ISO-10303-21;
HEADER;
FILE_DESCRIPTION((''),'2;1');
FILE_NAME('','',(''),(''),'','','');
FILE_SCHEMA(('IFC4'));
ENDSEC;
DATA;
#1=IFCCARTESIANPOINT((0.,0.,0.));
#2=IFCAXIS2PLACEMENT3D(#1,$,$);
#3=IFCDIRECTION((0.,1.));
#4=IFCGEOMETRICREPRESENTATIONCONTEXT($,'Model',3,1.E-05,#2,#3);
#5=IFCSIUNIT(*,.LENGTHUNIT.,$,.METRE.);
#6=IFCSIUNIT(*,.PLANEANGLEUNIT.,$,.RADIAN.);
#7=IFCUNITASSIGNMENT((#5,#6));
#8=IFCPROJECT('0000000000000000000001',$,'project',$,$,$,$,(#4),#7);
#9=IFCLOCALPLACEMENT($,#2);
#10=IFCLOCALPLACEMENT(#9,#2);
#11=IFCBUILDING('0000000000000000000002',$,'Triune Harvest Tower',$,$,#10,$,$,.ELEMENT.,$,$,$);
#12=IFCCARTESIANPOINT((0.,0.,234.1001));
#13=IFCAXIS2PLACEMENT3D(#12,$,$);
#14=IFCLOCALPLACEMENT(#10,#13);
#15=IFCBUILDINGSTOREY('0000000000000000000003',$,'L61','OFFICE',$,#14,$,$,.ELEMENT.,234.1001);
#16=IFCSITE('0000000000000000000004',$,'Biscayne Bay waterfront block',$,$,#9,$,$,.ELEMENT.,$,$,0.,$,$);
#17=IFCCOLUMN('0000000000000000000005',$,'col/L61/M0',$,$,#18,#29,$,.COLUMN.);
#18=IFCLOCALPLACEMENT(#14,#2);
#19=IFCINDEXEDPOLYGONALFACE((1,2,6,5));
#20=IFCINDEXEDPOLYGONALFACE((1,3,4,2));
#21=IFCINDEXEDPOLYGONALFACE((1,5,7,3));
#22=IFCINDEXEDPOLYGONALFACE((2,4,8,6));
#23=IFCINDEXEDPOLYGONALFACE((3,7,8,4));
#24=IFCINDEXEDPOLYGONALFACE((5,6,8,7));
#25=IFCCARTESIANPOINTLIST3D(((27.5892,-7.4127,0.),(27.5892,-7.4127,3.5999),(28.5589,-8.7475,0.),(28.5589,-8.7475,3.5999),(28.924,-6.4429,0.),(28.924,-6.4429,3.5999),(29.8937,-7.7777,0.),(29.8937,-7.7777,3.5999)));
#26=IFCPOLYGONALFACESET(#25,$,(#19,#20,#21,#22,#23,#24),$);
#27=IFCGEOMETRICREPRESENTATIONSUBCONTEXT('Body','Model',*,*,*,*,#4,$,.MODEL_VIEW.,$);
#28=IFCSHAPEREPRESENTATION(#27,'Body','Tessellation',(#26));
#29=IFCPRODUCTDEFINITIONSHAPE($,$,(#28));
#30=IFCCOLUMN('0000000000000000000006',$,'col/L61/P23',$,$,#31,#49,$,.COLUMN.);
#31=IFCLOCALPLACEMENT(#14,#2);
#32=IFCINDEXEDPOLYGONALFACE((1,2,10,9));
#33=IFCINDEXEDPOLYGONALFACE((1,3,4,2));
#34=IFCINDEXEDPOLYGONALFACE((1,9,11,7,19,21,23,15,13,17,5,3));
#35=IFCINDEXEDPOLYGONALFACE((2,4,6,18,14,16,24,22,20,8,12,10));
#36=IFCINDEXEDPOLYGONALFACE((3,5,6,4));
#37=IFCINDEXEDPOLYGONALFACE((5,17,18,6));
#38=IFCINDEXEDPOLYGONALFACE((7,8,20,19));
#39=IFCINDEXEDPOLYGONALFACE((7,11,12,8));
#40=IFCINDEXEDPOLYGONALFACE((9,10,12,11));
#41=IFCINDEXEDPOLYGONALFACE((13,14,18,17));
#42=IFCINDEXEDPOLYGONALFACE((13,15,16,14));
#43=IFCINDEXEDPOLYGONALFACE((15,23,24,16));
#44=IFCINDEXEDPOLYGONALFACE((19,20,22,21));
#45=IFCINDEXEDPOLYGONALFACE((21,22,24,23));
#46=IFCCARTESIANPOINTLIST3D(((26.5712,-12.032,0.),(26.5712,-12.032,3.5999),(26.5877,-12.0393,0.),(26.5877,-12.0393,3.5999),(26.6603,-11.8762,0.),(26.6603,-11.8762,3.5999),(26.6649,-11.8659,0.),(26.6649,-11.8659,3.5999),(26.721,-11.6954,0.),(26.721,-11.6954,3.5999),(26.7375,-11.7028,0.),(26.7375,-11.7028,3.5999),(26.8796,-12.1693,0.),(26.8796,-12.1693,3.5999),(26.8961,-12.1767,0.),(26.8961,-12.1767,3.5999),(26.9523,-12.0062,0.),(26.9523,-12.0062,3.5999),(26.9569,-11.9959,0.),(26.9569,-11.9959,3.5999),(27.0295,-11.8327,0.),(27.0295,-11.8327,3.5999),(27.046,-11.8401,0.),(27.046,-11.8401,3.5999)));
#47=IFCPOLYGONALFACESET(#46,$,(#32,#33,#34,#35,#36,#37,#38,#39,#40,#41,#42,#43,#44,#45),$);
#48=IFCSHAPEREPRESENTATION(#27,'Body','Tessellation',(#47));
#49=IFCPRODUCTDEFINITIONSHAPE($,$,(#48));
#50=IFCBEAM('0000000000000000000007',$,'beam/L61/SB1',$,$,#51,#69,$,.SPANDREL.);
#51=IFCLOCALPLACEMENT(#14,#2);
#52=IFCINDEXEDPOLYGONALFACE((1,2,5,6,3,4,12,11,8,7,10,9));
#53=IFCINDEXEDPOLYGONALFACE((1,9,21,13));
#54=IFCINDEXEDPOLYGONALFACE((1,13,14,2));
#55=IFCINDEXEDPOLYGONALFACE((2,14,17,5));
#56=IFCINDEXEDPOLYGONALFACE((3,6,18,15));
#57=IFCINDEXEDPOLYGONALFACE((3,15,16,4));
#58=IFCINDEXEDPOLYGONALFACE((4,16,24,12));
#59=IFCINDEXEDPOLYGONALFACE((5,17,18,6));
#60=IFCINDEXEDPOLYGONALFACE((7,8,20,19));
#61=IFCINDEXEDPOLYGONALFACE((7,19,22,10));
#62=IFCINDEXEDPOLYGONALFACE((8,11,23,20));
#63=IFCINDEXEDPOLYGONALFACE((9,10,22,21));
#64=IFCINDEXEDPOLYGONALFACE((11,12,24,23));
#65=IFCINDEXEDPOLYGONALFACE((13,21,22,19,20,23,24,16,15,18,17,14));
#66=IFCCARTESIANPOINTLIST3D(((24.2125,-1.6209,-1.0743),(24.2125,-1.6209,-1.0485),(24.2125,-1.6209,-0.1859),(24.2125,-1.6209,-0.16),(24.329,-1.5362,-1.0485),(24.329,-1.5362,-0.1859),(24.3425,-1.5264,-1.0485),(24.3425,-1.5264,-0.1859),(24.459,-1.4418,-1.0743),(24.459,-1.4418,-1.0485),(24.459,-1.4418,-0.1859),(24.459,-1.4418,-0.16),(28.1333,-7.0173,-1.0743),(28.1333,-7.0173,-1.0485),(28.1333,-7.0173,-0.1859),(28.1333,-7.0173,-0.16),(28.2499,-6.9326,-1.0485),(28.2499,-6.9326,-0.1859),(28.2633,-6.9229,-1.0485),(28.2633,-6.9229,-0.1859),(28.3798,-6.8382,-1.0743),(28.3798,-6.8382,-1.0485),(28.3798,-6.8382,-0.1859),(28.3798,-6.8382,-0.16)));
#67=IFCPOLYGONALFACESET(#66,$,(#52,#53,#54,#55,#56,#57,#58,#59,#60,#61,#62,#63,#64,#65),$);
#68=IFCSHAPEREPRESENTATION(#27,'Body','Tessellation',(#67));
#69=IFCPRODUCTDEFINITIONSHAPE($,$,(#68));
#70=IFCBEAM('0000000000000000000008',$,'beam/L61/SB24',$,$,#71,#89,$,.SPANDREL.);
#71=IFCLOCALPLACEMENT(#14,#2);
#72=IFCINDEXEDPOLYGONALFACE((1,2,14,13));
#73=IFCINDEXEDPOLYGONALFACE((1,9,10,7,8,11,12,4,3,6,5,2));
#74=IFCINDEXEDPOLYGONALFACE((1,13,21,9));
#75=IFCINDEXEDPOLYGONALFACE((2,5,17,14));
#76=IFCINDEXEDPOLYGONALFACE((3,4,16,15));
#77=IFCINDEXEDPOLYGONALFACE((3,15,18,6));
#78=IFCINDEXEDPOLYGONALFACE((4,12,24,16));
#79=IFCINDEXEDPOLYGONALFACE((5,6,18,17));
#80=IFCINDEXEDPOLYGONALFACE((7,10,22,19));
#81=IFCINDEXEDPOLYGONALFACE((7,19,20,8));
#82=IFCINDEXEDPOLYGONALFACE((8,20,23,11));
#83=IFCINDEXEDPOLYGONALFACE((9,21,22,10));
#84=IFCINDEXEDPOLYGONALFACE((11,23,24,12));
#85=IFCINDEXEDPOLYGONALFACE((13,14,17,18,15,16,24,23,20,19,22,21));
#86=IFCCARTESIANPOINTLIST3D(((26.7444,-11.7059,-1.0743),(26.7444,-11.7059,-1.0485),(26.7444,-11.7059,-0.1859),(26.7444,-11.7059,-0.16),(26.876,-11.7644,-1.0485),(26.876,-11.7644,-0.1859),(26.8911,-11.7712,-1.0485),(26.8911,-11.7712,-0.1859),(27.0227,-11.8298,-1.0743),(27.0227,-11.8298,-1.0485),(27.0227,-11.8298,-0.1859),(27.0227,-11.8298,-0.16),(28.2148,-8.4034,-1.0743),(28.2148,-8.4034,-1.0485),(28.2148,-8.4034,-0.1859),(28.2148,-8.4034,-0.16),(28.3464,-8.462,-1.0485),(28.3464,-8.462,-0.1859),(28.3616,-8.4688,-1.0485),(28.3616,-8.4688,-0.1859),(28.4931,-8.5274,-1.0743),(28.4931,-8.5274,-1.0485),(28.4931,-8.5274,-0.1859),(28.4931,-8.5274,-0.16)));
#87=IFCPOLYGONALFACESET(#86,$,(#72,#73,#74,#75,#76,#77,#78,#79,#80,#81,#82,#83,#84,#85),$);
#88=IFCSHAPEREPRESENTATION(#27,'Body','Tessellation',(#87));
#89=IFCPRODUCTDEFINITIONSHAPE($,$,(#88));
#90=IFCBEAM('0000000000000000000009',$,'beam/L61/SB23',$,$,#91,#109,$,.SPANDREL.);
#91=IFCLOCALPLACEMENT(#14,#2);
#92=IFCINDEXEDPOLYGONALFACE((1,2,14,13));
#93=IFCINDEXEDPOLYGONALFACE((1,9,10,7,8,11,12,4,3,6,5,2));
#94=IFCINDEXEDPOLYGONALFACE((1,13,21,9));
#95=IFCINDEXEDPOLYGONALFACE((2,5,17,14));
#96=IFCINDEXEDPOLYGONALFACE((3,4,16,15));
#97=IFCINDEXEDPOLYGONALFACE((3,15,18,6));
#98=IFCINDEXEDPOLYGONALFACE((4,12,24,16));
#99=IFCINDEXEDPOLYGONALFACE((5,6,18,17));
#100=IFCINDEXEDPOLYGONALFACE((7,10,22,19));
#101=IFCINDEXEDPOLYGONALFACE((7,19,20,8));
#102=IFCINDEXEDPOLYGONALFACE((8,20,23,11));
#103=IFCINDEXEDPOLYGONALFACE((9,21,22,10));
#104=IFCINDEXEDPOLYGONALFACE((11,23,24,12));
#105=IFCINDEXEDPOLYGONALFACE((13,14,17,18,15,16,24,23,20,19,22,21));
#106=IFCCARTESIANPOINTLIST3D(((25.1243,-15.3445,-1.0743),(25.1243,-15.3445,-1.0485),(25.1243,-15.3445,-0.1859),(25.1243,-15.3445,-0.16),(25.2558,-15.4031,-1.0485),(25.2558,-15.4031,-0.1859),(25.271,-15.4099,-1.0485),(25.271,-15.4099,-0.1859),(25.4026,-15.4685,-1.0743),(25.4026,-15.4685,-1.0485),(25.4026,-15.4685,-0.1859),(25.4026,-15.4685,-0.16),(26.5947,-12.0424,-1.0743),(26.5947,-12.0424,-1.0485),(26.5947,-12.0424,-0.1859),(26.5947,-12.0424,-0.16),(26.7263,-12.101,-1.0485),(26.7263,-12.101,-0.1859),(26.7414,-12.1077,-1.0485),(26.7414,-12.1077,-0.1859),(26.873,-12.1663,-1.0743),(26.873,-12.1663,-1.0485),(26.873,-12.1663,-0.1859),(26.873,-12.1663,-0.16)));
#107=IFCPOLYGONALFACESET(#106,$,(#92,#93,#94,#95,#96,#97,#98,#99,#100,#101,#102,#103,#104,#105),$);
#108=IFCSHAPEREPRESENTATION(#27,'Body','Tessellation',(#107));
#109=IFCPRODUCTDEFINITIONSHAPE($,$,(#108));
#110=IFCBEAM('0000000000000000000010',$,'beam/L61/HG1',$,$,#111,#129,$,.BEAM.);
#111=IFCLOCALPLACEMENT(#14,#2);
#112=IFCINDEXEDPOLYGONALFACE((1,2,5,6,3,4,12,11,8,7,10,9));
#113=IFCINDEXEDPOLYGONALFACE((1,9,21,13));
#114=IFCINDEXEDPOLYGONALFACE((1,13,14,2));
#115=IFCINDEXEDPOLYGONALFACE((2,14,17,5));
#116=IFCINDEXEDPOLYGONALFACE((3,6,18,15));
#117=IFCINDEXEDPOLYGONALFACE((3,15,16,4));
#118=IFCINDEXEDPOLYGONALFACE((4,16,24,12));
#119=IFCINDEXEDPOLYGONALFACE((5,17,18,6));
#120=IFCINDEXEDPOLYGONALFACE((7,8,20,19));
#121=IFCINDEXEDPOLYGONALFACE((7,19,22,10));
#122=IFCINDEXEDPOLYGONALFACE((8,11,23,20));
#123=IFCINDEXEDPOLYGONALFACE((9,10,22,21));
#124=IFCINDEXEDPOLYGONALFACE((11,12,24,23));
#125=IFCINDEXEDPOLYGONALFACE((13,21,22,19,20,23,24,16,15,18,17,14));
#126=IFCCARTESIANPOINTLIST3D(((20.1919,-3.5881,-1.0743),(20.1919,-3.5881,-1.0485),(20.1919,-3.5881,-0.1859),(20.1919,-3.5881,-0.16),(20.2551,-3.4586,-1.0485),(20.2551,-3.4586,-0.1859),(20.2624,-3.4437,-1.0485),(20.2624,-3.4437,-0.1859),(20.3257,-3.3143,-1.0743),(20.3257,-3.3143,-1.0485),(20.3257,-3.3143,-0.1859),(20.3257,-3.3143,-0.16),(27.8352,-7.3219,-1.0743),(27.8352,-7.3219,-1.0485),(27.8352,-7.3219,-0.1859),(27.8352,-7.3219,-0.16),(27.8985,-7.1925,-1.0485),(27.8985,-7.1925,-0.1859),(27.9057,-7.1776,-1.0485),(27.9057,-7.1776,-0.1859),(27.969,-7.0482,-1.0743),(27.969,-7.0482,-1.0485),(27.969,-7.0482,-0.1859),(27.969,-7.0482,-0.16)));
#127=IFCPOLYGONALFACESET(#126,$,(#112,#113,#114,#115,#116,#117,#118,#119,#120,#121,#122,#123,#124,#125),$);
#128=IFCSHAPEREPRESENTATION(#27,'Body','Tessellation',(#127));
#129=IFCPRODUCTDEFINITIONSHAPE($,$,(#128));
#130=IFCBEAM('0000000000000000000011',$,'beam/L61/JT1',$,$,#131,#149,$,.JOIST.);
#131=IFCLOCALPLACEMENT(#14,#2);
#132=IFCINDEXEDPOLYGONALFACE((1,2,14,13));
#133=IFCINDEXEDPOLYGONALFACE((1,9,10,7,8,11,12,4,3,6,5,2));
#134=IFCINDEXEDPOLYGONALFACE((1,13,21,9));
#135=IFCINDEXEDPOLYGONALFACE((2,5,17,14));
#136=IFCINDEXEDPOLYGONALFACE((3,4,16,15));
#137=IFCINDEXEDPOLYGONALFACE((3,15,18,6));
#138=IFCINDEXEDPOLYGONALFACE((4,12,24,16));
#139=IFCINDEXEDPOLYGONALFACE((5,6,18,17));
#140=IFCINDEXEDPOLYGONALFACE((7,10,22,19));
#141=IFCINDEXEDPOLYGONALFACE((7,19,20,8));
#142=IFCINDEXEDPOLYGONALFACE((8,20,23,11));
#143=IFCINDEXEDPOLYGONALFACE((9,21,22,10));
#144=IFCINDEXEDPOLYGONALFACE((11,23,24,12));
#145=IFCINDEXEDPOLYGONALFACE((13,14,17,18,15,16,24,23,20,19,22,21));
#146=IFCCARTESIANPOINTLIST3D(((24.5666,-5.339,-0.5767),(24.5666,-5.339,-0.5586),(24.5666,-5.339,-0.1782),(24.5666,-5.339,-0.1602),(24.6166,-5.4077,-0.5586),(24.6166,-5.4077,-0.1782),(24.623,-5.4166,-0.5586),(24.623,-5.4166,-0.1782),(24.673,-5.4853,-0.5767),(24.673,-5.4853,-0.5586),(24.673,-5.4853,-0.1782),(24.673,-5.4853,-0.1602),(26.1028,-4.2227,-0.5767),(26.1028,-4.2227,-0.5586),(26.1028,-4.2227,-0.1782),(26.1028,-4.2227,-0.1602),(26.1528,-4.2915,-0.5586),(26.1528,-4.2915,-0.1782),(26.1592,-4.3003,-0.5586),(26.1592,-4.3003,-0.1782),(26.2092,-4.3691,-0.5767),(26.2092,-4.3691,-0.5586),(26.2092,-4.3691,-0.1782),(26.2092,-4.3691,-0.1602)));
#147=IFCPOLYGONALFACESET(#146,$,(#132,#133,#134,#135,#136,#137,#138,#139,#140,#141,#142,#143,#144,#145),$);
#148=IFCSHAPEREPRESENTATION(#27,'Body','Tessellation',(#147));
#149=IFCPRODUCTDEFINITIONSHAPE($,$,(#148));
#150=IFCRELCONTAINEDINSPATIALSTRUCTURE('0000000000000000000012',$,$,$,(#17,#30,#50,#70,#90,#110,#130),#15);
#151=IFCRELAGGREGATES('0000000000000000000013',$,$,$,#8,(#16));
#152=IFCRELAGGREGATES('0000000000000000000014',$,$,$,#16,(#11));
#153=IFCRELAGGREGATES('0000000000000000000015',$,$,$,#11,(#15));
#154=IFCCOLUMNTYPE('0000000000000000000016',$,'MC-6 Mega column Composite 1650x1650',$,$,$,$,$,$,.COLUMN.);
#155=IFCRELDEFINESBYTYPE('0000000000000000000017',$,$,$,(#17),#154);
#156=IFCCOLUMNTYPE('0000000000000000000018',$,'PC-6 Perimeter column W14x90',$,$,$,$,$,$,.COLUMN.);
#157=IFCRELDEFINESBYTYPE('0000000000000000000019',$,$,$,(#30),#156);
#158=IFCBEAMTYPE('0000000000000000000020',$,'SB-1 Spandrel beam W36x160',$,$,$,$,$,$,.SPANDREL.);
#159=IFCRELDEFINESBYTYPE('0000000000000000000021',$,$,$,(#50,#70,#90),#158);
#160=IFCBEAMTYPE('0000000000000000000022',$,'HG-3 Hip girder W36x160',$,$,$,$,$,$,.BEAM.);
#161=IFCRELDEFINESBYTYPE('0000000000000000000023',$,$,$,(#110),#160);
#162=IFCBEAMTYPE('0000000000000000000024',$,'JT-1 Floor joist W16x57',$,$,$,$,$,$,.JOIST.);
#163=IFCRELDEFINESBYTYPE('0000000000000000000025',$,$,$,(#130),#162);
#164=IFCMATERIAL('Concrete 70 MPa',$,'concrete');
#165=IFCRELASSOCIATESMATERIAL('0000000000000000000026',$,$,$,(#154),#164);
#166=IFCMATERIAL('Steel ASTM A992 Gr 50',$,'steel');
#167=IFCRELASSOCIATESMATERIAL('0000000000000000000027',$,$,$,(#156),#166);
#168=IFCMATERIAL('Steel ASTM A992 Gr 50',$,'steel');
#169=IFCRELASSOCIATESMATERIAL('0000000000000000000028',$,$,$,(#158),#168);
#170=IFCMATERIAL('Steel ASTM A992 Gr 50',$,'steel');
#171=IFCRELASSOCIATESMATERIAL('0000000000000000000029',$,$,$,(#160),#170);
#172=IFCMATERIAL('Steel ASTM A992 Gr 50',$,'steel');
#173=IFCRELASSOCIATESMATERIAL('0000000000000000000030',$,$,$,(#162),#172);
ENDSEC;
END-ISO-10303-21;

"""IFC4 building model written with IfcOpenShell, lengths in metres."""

from ifc_helpers import new_model, si_unit, direction, frame, origin, origin_2d, place, context, subcontext, project, spatial, rectangle, i_section, extrude, source, transform, mapped, material, material_profile, profile_set, type_object, element, save


model = new_model("IFC4")

# Units and contexts
model_context = context("Model", 3, precision=1e-05, world=origin(), true_north=direction((0.0, 1.0)))
body_context = subcontext(model_context, "Body", "Model", "MODEL_VIEW")
ifc_project = project(units=[si_unit("LENGTHUNIT", "METRE"), si_unit("PLANEANGLEUNIT", "RADIAN")], contexts=[model_context])

# Site, building, storey
site_placement = place(None, origin())
site = spatial("IfcSite", under=ifc_project, at=site_placement, Name="Biscayne Bay waterfront block", CompositionType="ELEMENT", RefElevation=0.0)
building_placement = place(site_placement, origin())
building = spatial("IfcBuilding", under=site, at=building_placement, Name="Triune Harvest Tower", CompositionType="ELEMENT")
storey_placement = place(building_placement, frame((0.0, 0.0, 234.1001)))
storey = spatial("IfcBuildingStorey", under=building, at=storey_placement, Name="L61", Description="OFFICE", CompositionType="ELEMENT", Elevation=234.1001)

# Columns
ifc_material_1 = material(Name="Concrete 70 MPa", Category="concrete")
ifc_material_profile_1 = material_profile(ifc_material_1, rectangle(XDim=1.6499, YDim=1.6499, at=origin_2d()), Name="Composite 1650x1650")
ifc_profile_set_1 = profile_set([ifc_material_profile_1], Name="Concrete 70 MPa")
column_type_1 = type_object("IfcColumnType", Name="MC-6 Mega column Composite 1650x1650", PredefinedType="COLUMN", material=ifc_profile_set_1)
shared_shape_1 = source(origin(), body_context, "Body", "SweptSolid", [
    extrude(rectangle(XDim=1.6499, YDim=1.6499, at=origin_2d()), origin(), (0.0, 0.0, 1.0), 3.5999),
])
column_1_placement = place(storey_placement, frame((28.7415, -7.5952, 0.0), z_axis=(0.0, 0.0, 1.0), x_axis=(-0.587785, 0.809017, 0.0)))
element("IfcColumn", 1, at=column_1_placement, inside=storey, type_object=column_type_1, Name="col/L61/M0", PredefinedType="COLUMN", context=body_context, shape_type="MappedRepresentation", body=[
    mapped(shared_shape_1, transform((0.0, 0.0, 0.0), scale=1.0)),
])
ifc_material_2 = material(Name="Steel ASTM A992 Gr 50", Category="steel")
ifc_material_profile_2 = material_profile(ifc_material_2, i_section(OverallWidth=0.3684, OverallDepth=0.3557, WebThickness=0.0112, FlangeThickness=0.0181, at=origin_2d()), Name="W14x90")
ifc_profile_set_2 = profile_set([ifc_material_profile_2], Name="Steel ASTM A992 Gr 50")
column_type_2 = type_object("IfcColumnType", Name="PC-6 Perimeter column W14x90", PredefinedType="COLUMN", material=ifc_profile_set_2)
shared_shape_2 = source(origin(), body_context, "Body", "SweptSolid", [
    extrude(i_section(OverallWidth=0.3684, OverallDepth=0.3557, WebThickness=0.0112, FlangeThickness=0.0181, at=origin_2d()), origin(), (0.0, 0.0, 1.0), 3.5999),
])
column_2_placement = place(storey_placement, frame((26.8086, -11.936, 0.0), z_axis=(0.0, 0.0, 1.0), x_axis=(0.406741, 0.913543, 0.0)))
element("IfcColumn", 2, at=column_2_placement, inside=storey, type_object=column_type_2, Name="col/L61/P23", PredefinedType="COLUMN", context=body_context, shape_type="MappedRepresentation", body=[
    mapped(shared_shape_2, transform((0.0, 0.0, 0.0), scale=1.0)),
])

# Beams
ifc_material_3 = material(Name="Steel ASTM A992 Gr 50", Category="steel")
ifc_material_profile_3 = material_profile(ifc_material_3, i_section(OverallWidth=0.3047, OverallDepth=0.9143, WebThickness=0.0166, FlangeThickness=0.0259, at=origin_2d()), Name="W36x160")
ifc_profile_set_3 = profile_set([ifc_material_profile_3], Name="Steel ASTM A992 Gr 50")
beam_type_1 = type_object("IfcBeamType", Name="SB-1 Spandrel beam W36x160", PredefinedType="SPANDREL", material=ifc_profile_set_3)
shared_shape_3 = source(origin(), body_context, "Body", "SweptSolid", [
    extrude(i_section(OverallWidth=0.3047, OverallDepth=0.9143, WebThickness=0.0166, FlangeThickness=0.0259, at=origin_2d()), origin(), (0.0, 0.0, 1.0), 6.6704),
])
beam_1_placement = place(storey_placement, frame((28.2566, -6.9277, -0.6172), z_axis=(-0.587797, 0.809008, 0.0), x_axis=(-0.809008, -0.587797, 0.0)))
element("IfcBeam", 3, at=beam_1_placement, inside=storey, type_object=beam_type_1, Name="beam/L61/SB1", PredefinedType="SPANDREL", context=body_context, shape_type="MappedRepresentation", body=[
    mapped(shared_shape_3, transform((0.0, 0.0, 0.0), scale=1.0)),
])
shared_shape_4 = source(origin(), body_context, "Body", "SweptSolid", [
    extrude(i_section(OverallWidth=0.3047, OverallDepth=0.9143, WebThickness=0.0166, FlangeThickness=0.0259, at=origin_2d()), origin(), (0.0, 0.0, 1.0), 3.615),
])
beam_2_placement = place(storey_placement, frame((26.8835, -11.7678, -0.6172), z_axis=(0.406759, 0.913536, 0.0), x_axis=(-0.913536, 0.406759, 0.0)))
element("IfcBeam", 4, at=beam_2_placement, inside=storey, type_object=beam_type_1, Name="beam/L61/SB24", PredefinedType="SPANDREL", context=body_context, shape_type="MappedRepresentation", body=[
    mapped(shared_shape_4, transform((0.0, 0.0, 0.0), scale=1.0)),
])
shared_shape_5 = source(origin(), body_context, "Body", "SweptSolid", [
    extrude(i_section(OverallWidth=0.3047, OverallDepth=0.9143, WebThickness=0.0166, FlangeThickness=0.0259, at=origin_2d()), origin(), (0.0, 0.0, 1.0), 3.6147),
])
beam_3_placement = place(storey_placement, frame((25.2634, -15.4065, -0.6172), z_axis=(0.406784, 0.913524, 0.0), x_axis=(-0.913524, 0.406784, 0.0)))
element("IfcBeam", 5, at=beam_3_placement, inside=storey, type_object=beam_type_1, Name="beam/L61/SB23", PredefinedType="SPANDREL", context=body_context, shape_type="MappedRepresentation", body=[
    mapped(shared_shape_5, transform((0.0, 0.0, 0.0), scale=1.0)),
])
ifc_material_4 = material(Name="Steel ASTM A992 Gr 50", Category="steel")
ifc_material_profile_4 = material_profile(ifc_material_4, i_section(OverallWidth=0.3047, OverallDepth=0.9143, WebThickness=0.0166, FlangeThickness=0.0259, at=origin_2d()), Name="W36x160")
ifc_profile_set_4 = profile_set([ifc_material_profile_4], Name="Steel ASTM A992 Gr 50")
beam_type_2 = type_object("IfcBeamType", Name="HG-3 Hip girder W36x160", PredefinedType="BEAM", material=ifc_profile_set_4)
shared_shape_6 = source(origin(), body_context, "Body", "SweptSolid", [
    extrude(i_section(OverallWidth=0.3047, OverallDepth=0.9143, WebThickness=0.0166, FlangeThickness=0.0259, at=origin_2d()), origin(), (0.0, 0.0, 1.0), 8.5066),
])
beam_4_placement = place(storey_placement, frame((27.9021, -7.1851, -0.6172), z_axis=(-0.898516, 0.43894, 0.0), x_axis=(-0.43894, -0.898516, 0.0)))
element("IfcBeam", 6, at=beam_4_placement, inside=storey, type_object=beam_type_2, Name="beam/L61/HG1", PredefinedType="BEAM", context=body_context, shape_type="MappedRepresentation", body=[
    mapped(shared_shape_6, transform((0.0, 0.0, 0.0), scale=1.0)),
])
ifc_material_5 = material(Name="Steel ASTM A992 Gr 50", Category="steel")
ifc_material_profile_5 = material_profile(ifc_material_5, i_section(OverallWidth=0.1809, OverallDepth=0.4165, WebThickness=0.011, FlangeThickness=0.0181, at=origin_2d()), Name="W16x57")
ifc_profile_set_5 = profile_set([ifc_material_profile_5], Name="Steel ASTM A992 Gr 50")
beam_type_3 = type_object("IfcBeamType", Name="JT-1 Floor joist W16x57", PredefinedType="JOIST", material=ifc_profile_set_5)
shared_shape_7 = source(origin(), body_context, "Body", "SweptSolid", [
    extrude(i_section(OverallWidth=0.1809, OverallDepth=0.4165, WebThickness=0.011, FlangeThickness=0.0181, at=origin_2d()), origin(), (0.0, 0.0, 1.0), 1.8989),
])
beam_5_placement = place(storey_placement, frame((26.156, -4.2959, -0.3684), z_axis=(-0.808981, -0.587835, 0.0), x_axis=(0.587835, -0.808981, 0.0)))
element("IfcBeam", 7, at=beam_5_placement, inside=storey, type_object=beam_type_3, Name="beam/L61/JT1", PredefinedType="JOIST", context=body_context, shape_type="MappedRepresentation", body=[
    mapped(shared_shape_7, transform((0.0, 0.0, 0.0), scale=1.0)),
])

save(model, "model.ifc")
